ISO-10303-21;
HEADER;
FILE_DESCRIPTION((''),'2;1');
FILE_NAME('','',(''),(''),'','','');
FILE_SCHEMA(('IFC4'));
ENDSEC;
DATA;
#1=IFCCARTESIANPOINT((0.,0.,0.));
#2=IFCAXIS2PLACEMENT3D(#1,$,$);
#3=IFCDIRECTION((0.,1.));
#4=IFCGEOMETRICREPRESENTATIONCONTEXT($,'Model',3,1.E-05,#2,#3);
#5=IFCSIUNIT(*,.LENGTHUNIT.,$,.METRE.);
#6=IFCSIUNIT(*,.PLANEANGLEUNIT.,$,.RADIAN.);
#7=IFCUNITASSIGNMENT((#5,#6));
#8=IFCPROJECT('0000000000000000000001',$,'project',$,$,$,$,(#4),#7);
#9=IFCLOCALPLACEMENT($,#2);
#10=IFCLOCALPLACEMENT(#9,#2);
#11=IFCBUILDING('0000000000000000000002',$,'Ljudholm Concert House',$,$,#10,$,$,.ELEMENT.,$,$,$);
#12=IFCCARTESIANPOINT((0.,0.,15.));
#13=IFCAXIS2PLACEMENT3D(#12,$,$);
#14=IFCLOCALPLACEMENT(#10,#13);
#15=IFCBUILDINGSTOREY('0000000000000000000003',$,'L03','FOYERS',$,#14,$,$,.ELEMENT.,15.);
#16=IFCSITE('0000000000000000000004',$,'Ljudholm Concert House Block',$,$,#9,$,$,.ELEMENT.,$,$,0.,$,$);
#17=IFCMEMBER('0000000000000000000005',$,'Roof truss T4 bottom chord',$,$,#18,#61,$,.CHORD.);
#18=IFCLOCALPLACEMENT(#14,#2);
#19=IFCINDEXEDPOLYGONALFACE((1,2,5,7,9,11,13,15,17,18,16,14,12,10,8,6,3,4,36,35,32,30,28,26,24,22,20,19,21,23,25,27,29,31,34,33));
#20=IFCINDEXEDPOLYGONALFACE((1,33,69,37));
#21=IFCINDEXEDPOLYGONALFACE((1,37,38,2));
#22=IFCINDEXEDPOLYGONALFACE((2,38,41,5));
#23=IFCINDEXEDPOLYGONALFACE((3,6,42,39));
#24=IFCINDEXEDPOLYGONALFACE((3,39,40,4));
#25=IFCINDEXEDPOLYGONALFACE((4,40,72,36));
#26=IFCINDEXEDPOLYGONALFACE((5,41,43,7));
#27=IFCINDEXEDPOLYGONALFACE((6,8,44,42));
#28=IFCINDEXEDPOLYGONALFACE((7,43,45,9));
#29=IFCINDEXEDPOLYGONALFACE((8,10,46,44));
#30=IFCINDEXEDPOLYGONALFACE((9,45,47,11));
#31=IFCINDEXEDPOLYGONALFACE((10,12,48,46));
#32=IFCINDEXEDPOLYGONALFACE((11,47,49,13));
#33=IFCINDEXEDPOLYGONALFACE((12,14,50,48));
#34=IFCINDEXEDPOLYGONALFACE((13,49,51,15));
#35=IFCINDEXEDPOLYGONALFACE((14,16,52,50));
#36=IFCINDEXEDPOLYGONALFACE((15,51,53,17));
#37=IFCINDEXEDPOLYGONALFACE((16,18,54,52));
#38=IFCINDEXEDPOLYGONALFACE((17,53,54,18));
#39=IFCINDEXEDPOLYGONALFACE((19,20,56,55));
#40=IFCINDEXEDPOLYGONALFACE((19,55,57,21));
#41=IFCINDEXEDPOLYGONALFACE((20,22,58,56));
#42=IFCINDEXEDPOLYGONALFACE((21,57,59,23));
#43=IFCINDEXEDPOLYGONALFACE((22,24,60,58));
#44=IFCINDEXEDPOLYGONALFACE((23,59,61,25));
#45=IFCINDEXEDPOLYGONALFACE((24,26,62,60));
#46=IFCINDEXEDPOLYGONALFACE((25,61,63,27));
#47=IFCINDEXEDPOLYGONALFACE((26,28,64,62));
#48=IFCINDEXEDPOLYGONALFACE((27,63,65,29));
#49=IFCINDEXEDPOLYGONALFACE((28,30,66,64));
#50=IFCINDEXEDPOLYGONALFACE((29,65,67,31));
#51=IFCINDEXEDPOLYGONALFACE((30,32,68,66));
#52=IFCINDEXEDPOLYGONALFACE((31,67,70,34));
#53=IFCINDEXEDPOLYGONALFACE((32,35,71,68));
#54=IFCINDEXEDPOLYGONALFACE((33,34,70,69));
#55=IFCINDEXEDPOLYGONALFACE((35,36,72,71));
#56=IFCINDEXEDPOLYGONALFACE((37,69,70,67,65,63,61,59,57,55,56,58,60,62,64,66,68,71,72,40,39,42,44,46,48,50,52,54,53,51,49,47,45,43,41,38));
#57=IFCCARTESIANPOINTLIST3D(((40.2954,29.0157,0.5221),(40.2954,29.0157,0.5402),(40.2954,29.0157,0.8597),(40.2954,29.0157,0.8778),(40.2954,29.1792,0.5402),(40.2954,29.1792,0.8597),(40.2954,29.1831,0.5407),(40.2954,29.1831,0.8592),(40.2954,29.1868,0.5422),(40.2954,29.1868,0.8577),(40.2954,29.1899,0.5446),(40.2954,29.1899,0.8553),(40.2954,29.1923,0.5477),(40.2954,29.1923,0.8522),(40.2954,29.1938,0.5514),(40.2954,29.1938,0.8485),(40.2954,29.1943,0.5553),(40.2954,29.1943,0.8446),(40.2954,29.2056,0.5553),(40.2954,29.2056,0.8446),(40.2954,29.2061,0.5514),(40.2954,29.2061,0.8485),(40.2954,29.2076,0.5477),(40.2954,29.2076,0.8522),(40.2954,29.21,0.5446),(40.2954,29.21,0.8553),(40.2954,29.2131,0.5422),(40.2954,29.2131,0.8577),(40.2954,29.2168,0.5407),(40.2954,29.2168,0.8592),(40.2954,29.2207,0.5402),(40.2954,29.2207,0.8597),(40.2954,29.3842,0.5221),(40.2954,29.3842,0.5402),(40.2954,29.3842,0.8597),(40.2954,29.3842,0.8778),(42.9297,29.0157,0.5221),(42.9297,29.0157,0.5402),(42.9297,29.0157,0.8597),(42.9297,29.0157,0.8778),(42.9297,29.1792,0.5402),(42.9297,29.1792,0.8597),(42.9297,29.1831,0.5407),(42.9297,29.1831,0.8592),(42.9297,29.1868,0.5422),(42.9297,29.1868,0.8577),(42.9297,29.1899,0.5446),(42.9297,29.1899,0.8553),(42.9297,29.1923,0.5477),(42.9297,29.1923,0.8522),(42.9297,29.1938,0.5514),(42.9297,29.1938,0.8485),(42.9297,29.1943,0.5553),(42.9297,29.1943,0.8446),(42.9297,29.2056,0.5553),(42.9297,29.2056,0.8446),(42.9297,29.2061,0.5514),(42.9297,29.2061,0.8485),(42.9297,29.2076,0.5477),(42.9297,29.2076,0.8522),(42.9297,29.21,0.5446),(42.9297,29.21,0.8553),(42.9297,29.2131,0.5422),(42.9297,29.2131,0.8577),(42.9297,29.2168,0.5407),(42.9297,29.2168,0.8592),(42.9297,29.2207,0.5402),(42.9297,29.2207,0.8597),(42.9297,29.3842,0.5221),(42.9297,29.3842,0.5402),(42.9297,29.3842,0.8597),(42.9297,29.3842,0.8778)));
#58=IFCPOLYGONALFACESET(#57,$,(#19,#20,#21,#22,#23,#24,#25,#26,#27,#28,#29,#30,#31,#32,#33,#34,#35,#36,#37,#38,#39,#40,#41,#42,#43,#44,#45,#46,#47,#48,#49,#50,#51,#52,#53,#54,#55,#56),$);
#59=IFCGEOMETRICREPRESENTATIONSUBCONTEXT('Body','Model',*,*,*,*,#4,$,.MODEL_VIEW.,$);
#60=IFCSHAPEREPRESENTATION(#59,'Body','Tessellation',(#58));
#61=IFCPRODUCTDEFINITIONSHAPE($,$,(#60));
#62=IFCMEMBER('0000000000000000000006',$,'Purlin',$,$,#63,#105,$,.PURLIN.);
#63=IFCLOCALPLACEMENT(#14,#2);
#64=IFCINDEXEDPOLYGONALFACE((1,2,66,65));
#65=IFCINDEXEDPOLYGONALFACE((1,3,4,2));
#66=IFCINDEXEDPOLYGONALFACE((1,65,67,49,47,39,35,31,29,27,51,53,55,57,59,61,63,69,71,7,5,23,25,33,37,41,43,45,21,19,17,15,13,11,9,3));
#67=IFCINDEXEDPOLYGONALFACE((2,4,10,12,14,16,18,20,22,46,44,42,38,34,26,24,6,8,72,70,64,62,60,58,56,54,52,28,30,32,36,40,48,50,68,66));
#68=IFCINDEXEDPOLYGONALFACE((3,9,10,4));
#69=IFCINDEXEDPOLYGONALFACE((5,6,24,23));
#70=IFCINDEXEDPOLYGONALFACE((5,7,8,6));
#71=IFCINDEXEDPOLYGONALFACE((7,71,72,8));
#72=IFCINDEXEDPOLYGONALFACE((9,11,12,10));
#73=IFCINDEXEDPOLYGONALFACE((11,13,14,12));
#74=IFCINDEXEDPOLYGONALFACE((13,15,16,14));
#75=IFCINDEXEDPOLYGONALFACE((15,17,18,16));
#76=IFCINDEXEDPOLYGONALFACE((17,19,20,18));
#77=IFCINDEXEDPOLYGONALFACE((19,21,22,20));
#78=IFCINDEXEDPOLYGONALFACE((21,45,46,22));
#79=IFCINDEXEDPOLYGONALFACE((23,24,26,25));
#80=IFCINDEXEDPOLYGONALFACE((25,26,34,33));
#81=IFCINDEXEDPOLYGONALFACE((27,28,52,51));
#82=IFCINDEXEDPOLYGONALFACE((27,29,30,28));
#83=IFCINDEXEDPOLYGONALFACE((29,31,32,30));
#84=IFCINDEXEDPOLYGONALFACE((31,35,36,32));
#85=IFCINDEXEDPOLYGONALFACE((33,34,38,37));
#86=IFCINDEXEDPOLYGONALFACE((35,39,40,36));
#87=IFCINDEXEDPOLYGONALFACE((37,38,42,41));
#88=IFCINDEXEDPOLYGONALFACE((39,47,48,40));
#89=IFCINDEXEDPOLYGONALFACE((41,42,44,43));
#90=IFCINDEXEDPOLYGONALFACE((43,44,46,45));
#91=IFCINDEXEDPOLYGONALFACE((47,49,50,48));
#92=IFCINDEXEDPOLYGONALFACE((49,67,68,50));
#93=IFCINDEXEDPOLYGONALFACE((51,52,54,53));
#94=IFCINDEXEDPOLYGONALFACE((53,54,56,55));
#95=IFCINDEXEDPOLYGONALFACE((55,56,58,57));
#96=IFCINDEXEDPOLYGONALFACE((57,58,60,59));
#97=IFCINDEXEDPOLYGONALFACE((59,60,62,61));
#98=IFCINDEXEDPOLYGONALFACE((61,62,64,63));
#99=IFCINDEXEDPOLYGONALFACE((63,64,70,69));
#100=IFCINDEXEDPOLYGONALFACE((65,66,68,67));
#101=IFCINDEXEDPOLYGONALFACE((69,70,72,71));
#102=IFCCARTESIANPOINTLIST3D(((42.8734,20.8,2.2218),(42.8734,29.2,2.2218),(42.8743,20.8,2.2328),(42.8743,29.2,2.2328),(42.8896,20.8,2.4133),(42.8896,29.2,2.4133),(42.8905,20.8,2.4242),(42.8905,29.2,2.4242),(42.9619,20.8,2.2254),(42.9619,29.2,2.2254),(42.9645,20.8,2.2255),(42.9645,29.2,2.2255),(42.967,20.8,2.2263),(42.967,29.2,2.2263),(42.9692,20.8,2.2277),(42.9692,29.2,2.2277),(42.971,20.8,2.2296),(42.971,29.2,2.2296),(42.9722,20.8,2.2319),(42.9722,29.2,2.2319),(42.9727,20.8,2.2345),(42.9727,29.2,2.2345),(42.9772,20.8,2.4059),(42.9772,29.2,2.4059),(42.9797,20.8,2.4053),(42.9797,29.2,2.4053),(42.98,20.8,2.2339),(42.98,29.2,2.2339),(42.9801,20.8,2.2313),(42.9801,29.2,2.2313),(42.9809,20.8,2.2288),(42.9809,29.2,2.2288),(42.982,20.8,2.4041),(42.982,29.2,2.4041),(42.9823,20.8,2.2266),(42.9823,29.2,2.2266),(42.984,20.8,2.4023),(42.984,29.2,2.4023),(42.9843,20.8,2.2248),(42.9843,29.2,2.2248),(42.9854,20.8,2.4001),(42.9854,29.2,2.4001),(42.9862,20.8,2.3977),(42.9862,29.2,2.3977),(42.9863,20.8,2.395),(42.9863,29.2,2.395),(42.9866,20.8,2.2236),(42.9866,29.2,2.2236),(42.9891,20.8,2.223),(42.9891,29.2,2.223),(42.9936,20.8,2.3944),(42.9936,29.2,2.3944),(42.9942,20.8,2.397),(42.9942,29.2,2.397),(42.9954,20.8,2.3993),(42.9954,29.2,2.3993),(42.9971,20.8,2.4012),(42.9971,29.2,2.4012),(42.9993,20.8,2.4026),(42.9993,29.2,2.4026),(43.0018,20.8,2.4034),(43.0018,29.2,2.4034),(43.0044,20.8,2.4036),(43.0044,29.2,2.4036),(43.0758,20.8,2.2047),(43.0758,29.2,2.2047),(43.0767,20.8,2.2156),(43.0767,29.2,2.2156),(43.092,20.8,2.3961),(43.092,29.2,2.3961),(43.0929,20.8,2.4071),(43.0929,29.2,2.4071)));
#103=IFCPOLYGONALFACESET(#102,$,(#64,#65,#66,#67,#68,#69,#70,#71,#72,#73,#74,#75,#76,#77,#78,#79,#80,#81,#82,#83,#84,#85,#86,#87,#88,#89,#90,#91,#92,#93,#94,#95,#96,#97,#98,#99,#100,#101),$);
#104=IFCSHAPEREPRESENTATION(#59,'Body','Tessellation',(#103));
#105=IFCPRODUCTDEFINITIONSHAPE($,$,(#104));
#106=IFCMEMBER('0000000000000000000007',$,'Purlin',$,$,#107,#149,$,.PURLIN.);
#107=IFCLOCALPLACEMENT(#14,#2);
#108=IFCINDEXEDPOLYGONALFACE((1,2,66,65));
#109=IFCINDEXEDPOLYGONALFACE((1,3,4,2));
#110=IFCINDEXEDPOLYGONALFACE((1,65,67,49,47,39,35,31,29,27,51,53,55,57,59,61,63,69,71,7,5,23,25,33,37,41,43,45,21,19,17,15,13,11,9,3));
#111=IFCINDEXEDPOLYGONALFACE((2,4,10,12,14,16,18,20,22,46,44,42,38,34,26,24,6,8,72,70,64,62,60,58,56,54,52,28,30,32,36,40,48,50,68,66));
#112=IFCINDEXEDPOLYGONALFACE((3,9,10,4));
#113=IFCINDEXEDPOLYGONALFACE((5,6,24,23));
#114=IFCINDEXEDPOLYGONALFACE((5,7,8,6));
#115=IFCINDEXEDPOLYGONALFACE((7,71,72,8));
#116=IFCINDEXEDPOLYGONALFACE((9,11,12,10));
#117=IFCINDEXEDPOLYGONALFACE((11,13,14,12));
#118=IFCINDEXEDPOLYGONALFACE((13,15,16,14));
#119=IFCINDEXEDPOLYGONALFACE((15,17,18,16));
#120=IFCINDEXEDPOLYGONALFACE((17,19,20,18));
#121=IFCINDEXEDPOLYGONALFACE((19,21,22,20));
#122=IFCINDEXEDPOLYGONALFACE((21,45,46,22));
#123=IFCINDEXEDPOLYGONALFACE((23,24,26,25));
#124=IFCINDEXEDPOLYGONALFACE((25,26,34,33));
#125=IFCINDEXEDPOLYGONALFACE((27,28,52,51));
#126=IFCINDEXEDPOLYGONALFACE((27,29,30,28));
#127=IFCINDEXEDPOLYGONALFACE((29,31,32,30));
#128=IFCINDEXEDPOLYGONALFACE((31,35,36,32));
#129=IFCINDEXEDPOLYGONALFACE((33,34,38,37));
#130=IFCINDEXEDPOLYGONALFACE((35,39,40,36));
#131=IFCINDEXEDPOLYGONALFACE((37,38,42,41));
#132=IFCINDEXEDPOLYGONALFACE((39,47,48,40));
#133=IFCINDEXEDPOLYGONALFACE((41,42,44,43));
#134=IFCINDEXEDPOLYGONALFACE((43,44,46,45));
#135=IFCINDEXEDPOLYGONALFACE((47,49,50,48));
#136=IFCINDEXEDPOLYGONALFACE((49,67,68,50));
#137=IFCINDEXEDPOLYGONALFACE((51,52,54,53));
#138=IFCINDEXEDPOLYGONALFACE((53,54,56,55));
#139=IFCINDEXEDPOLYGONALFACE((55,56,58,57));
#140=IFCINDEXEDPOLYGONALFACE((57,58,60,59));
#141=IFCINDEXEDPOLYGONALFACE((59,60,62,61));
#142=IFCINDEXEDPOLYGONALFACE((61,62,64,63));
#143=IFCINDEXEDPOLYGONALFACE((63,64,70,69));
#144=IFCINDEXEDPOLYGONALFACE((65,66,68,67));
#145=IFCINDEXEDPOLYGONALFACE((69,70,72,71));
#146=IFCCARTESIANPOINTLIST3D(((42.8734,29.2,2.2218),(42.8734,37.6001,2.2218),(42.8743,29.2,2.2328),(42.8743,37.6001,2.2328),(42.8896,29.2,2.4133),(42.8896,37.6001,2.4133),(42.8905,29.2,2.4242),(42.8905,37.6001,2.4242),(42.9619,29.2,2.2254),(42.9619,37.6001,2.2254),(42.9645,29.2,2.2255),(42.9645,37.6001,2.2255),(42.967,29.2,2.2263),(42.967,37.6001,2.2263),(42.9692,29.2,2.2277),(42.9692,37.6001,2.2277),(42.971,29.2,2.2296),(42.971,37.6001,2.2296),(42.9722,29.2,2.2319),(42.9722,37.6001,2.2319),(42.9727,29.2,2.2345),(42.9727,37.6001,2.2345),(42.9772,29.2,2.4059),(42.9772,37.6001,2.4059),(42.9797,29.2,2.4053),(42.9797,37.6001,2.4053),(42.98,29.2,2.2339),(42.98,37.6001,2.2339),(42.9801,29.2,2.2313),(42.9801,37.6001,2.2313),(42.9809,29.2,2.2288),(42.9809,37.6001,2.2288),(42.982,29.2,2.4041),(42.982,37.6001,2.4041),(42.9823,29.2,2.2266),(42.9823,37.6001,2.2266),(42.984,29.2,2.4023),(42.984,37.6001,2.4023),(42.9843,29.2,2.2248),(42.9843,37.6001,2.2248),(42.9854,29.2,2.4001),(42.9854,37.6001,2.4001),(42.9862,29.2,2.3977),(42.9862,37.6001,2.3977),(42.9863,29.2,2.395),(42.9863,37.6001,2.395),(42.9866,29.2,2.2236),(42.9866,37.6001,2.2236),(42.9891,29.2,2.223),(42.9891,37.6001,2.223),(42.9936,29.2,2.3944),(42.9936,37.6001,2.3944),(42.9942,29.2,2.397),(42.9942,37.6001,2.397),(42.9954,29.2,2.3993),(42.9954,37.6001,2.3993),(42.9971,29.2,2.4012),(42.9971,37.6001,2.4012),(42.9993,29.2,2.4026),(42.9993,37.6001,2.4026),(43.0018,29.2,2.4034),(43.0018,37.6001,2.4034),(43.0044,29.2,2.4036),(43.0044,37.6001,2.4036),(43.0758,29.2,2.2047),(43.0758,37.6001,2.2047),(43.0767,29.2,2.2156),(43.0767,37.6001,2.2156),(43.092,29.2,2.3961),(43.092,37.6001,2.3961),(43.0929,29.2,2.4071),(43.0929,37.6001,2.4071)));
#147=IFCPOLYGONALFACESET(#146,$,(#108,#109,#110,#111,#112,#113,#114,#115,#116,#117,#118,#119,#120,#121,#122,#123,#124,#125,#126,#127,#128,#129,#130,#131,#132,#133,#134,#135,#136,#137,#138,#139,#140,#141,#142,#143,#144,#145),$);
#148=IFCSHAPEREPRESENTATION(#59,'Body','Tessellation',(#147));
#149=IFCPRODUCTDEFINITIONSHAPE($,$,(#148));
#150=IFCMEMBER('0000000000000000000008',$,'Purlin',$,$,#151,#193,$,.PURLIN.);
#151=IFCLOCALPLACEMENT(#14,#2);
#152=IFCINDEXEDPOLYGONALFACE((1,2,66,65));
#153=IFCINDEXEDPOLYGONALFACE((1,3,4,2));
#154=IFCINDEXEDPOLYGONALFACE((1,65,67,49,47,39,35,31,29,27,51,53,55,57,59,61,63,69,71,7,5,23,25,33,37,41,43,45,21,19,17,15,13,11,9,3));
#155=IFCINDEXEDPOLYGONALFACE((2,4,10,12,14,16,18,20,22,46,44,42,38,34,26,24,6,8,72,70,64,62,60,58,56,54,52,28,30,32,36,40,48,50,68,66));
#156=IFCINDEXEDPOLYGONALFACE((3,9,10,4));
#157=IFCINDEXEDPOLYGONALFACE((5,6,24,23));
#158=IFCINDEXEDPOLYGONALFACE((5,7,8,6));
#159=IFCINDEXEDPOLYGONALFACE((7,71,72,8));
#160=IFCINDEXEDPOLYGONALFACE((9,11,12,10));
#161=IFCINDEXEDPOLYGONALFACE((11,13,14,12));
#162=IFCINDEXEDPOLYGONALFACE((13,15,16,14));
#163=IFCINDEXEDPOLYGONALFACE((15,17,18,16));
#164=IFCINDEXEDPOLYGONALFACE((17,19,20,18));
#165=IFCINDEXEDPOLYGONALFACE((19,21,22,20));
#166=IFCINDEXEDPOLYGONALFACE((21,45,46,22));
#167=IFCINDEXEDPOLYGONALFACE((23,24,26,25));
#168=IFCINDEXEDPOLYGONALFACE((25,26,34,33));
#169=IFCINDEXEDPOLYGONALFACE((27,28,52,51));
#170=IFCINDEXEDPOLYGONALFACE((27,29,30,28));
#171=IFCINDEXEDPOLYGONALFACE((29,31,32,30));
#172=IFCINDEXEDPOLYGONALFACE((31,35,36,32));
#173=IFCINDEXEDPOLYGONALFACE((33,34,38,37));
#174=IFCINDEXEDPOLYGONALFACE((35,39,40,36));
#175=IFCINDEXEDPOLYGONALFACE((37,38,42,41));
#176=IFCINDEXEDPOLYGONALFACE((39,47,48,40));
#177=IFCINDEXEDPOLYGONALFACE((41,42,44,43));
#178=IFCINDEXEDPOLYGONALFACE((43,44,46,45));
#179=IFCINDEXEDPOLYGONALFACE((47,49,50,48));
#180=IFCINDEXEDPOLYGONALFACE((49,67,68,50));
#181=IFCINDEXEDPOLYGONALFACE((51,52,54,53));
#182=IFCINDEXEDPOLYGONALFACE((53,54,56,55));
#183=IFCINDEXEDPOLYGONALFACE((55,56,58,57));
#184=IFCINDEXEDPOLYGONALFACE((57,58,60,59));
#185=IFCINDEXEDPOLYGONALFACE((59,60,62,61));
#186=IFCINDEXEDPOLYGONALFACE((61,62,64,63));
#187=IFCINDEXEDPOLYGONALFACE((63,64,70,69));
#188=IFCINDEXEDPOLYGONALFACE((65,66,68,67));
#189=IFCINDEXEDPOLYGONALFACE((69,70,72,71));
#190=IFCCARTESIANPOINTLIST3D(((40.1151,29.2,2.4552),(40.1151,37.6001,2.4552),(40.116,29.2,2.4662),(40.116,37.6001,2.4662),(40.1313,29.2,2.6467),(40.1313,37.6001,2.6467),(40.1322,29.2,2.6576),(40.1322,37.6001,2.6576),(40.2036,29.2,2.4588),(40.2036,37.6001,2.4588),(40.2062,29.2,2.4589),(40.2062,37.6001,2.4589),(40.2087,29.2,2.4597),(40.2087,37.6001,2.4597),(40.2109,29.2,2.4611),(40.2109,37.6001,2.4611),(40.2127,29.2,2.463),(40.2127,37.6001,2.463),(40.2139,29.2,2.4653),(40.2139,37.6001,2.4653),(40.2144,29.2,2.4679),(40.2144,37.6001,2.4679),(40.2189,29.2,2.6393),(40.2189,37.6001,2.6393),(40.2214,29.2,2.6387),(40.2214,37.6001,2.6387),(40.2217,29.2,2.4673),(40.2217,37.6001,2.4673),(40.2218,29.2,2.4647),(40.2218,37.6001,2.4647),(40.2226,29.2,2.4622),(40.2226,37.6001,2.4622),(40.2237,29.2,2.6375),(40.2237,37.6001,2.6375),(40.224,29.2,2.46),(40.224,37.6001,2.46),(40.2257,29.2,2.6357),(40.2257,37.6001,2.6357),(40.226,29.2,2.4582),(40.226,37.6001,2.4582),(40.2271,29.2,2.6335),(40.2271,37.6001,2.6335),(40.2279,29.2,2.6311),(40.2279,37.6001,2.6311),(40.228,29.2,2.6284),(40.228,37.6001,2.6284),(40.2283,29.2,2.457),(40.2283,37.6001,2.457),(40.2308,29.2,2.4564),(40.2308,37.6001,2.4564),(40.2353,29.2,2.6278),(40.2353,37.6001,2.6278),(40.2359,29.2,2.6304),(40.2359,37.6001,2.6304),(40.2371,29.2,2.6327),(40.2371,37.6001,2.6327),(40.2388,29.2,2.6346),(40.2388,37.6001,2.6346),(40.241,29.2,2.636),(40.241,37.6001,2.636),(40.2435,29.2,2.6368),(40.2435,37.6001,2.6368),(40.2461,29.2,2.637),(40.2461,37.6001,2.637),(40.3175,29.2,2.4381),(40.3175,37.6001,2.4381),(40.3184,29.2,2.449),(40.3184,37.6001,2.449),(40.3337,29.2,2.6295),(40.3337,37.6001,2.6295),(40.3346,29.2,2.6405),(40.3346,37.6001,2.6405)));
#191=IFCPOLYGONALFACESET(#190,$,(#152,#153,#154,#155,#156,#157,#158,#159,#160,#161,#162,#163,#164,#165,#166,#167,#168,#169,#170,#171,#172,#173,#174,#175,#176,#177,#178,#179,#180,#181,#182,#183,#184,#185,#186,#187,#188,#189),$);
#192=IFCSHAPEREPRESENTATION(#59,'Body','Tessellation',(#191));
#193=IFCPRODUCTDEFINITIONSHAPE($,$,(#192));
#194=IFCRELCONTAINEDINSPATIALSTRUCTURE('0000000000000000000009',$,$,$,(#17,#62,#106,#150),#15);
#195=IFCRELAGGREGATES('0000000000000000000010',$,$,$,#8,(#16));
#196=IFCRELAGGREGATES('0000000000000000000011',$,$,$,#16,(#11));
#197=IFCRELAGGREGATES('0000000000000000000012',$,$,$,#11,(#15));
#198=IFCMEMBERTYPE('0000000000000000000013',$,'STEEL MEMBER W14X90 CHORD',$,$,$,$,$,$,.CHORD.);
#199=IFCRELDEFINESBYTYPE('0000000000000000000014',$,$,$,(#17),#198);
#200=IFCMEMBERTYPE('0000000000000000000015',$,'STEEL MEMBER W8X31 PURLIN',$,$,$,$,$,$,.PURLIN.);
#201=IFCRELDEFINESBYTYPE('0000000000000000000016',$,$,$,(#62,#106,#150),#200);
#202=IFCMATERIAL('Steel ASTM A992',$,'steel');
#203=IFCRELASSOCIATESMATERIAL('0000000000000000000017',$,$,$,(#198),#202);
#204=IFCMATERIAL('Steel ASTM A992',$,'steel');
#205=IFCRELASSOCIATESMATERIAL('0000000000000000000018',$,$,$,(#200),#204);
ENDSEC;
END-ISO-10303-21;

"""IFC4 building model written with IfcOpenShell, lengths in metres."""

from ifc_helpers import new_model, si_unit, direction, frame, origin, origin_2d, place, context, subcontext, project, spatial, i_section, extrude, material, material_profile, profile_set, type_object, element, save


model = new_model("IFC4")

# Units and contexts
model_context = context("Model", 3, precision=1e-05, world=origin(), true_north=direction((0.0, 1.0)))
body_context = subcontext(model_context, "Body", "Model", "MODEL_VIEW")
ifc_project = project(units=[si_unit("LENGTHUNIT", "METRE"), si_unit("PLANEANGLEUNIT", "RADIAN")], contexts=[model_context])

# Site, building, storey
site_placement = place(None, origin())
site = spatial("IfcSite", under=ifc_project, at=site_placement, Name="Ljudholm Concert House Block", CompositionType="ELEMENT", RefElevation=0.0)
building_placement = place(site_placement, origin())
building = spatial("IfcBuilding", under=site, at=building_placement, Name="Ljudholm Concert House", CompositionType="ELEMENT")
storey_placement = place(building_placement, frame((0.0, 0.0, 15.0)))
storey = spatial("IfcBuildingStorey", under=building, at=storey_placement, Name="L03", Description="FOYERS", CompositionType="ELEMENT", Elevation=15.0)

# Members
ifc_material_1 = material(Name="Steel ASTM A992", Category="steel")
ifc_material_profile_1 = material_profile(ifc_material_1, i_section(OverallWidth=0.3684, OverallDepth=0.3557, WebThickness=0.0112, FlangeThickness=0.0181, FilletRadius=0.0151, at=origin_2d()), Name="W14X90")
ifc_profile_set_1 = profile_set([ifc_material_profile_1], Name="Steel ASTM A992")
member_type_1 = type_object("IfcMemberType", Name="STEEL MEMBER W14X90 CHORD", PredefinedType="CHORD", material=ifc_profile_set_1)
member_1_placement = place(storey_placement, frame((40.2954, 29.2, 0.7), z_axis=(1.0, 0.0, 0.0), x_axis=(0.0, 1.0, 0.0)))
element("IfcMember", 1, at=member_1_placement, inside=storey, type_object=member_type_1, Name="Roof truss T4 bottom chord", PredefinedType="CHORD", context=body_context, shape_type="SweptSolid", body=[
    extrude(i_section(OverallWidth=0.3684, OverallDepth=0.3557, WebThickness=0.0112, FlangeThickness=0.0181, FilletRadius=0.0151, at=origin_2d()), origin(), (0.0, 0.0, 1.0), 2.6343),
])
ifc_material_2 = material(Name="Steel ASTM A992", Category="steel")
ifc_material_profile_2 = material_profile(ifc_material_2, i_section(OverallWidth=0.2031, OverallDepth=0.2031, WebThickness=0.0073, FlangeThickness=0.011, FilletRadius=0.01, at=origin_2d()), Name="W8X31")
ifc_profile_set_2 = profile_set([ifc_material_profile_2], Name="Steel ASTM A992")
member_type_2 = type_object("IfcMemberType", Name="STEEL MEMBER W8X31 PURLIN", PredefinedType="PURLIN", material=ifc_profile_set_2)
member_2_placement = place(storey_placement, frame((42.9832, 20.8, 2.3145), z_axis=(0.0, 1.0, 0.0), x_axis=(-0.996441, 0.0, 0.084291)))
element("IfcMember", 2, at=member_2_placement, inside=storey, type_object=member_type_2, Name="Purlin", PredefinedType="PURLIN", context=body_context, shape_type="SweptSolid", body=[
    extrude(i_section(OverallWidth=0.2031, OverallDepth=0.2031, WebThickness=0.0073, FlangeThickness=0.011, FilletRadius=0.01, at=origin_2d()), origin(), (0.0, 0.0, 1.0), 8.3999),
])
for number, where, z_axis, x_axis, name in (
    (3, (42.9832, 29.2, 2.3145), (0.0, 1.0, 0.0), (-0.996441, 0.0, 0.084291), "Purlin"),
    (4, (40.2249, 29.2, 2.5479), (0.0, 1.0, 0.0), (-0.996441, 0.0, 0.084291), "Purlin"),
):
    element("IfcMember", number, at=place(storey_placement, frame(where, z_axis=z_axis, x_axis=x_axis)), inside=storey, type_object=member_type_2, Name=name, PredefinedType="PURLIN", context=body_context, shape_type="SweptSolid", body=[
        extrude(i_section(OverallWidth=0.2031, OverallDepth=0.2031, WebThickness=0.0073, FlangeThickness=0.011, FilletRadius=0.01, at=origin_2d()), origin(), (0.0, 0.0, 1.0), 8.4001),
    ])

save(model, "model.ifc")
